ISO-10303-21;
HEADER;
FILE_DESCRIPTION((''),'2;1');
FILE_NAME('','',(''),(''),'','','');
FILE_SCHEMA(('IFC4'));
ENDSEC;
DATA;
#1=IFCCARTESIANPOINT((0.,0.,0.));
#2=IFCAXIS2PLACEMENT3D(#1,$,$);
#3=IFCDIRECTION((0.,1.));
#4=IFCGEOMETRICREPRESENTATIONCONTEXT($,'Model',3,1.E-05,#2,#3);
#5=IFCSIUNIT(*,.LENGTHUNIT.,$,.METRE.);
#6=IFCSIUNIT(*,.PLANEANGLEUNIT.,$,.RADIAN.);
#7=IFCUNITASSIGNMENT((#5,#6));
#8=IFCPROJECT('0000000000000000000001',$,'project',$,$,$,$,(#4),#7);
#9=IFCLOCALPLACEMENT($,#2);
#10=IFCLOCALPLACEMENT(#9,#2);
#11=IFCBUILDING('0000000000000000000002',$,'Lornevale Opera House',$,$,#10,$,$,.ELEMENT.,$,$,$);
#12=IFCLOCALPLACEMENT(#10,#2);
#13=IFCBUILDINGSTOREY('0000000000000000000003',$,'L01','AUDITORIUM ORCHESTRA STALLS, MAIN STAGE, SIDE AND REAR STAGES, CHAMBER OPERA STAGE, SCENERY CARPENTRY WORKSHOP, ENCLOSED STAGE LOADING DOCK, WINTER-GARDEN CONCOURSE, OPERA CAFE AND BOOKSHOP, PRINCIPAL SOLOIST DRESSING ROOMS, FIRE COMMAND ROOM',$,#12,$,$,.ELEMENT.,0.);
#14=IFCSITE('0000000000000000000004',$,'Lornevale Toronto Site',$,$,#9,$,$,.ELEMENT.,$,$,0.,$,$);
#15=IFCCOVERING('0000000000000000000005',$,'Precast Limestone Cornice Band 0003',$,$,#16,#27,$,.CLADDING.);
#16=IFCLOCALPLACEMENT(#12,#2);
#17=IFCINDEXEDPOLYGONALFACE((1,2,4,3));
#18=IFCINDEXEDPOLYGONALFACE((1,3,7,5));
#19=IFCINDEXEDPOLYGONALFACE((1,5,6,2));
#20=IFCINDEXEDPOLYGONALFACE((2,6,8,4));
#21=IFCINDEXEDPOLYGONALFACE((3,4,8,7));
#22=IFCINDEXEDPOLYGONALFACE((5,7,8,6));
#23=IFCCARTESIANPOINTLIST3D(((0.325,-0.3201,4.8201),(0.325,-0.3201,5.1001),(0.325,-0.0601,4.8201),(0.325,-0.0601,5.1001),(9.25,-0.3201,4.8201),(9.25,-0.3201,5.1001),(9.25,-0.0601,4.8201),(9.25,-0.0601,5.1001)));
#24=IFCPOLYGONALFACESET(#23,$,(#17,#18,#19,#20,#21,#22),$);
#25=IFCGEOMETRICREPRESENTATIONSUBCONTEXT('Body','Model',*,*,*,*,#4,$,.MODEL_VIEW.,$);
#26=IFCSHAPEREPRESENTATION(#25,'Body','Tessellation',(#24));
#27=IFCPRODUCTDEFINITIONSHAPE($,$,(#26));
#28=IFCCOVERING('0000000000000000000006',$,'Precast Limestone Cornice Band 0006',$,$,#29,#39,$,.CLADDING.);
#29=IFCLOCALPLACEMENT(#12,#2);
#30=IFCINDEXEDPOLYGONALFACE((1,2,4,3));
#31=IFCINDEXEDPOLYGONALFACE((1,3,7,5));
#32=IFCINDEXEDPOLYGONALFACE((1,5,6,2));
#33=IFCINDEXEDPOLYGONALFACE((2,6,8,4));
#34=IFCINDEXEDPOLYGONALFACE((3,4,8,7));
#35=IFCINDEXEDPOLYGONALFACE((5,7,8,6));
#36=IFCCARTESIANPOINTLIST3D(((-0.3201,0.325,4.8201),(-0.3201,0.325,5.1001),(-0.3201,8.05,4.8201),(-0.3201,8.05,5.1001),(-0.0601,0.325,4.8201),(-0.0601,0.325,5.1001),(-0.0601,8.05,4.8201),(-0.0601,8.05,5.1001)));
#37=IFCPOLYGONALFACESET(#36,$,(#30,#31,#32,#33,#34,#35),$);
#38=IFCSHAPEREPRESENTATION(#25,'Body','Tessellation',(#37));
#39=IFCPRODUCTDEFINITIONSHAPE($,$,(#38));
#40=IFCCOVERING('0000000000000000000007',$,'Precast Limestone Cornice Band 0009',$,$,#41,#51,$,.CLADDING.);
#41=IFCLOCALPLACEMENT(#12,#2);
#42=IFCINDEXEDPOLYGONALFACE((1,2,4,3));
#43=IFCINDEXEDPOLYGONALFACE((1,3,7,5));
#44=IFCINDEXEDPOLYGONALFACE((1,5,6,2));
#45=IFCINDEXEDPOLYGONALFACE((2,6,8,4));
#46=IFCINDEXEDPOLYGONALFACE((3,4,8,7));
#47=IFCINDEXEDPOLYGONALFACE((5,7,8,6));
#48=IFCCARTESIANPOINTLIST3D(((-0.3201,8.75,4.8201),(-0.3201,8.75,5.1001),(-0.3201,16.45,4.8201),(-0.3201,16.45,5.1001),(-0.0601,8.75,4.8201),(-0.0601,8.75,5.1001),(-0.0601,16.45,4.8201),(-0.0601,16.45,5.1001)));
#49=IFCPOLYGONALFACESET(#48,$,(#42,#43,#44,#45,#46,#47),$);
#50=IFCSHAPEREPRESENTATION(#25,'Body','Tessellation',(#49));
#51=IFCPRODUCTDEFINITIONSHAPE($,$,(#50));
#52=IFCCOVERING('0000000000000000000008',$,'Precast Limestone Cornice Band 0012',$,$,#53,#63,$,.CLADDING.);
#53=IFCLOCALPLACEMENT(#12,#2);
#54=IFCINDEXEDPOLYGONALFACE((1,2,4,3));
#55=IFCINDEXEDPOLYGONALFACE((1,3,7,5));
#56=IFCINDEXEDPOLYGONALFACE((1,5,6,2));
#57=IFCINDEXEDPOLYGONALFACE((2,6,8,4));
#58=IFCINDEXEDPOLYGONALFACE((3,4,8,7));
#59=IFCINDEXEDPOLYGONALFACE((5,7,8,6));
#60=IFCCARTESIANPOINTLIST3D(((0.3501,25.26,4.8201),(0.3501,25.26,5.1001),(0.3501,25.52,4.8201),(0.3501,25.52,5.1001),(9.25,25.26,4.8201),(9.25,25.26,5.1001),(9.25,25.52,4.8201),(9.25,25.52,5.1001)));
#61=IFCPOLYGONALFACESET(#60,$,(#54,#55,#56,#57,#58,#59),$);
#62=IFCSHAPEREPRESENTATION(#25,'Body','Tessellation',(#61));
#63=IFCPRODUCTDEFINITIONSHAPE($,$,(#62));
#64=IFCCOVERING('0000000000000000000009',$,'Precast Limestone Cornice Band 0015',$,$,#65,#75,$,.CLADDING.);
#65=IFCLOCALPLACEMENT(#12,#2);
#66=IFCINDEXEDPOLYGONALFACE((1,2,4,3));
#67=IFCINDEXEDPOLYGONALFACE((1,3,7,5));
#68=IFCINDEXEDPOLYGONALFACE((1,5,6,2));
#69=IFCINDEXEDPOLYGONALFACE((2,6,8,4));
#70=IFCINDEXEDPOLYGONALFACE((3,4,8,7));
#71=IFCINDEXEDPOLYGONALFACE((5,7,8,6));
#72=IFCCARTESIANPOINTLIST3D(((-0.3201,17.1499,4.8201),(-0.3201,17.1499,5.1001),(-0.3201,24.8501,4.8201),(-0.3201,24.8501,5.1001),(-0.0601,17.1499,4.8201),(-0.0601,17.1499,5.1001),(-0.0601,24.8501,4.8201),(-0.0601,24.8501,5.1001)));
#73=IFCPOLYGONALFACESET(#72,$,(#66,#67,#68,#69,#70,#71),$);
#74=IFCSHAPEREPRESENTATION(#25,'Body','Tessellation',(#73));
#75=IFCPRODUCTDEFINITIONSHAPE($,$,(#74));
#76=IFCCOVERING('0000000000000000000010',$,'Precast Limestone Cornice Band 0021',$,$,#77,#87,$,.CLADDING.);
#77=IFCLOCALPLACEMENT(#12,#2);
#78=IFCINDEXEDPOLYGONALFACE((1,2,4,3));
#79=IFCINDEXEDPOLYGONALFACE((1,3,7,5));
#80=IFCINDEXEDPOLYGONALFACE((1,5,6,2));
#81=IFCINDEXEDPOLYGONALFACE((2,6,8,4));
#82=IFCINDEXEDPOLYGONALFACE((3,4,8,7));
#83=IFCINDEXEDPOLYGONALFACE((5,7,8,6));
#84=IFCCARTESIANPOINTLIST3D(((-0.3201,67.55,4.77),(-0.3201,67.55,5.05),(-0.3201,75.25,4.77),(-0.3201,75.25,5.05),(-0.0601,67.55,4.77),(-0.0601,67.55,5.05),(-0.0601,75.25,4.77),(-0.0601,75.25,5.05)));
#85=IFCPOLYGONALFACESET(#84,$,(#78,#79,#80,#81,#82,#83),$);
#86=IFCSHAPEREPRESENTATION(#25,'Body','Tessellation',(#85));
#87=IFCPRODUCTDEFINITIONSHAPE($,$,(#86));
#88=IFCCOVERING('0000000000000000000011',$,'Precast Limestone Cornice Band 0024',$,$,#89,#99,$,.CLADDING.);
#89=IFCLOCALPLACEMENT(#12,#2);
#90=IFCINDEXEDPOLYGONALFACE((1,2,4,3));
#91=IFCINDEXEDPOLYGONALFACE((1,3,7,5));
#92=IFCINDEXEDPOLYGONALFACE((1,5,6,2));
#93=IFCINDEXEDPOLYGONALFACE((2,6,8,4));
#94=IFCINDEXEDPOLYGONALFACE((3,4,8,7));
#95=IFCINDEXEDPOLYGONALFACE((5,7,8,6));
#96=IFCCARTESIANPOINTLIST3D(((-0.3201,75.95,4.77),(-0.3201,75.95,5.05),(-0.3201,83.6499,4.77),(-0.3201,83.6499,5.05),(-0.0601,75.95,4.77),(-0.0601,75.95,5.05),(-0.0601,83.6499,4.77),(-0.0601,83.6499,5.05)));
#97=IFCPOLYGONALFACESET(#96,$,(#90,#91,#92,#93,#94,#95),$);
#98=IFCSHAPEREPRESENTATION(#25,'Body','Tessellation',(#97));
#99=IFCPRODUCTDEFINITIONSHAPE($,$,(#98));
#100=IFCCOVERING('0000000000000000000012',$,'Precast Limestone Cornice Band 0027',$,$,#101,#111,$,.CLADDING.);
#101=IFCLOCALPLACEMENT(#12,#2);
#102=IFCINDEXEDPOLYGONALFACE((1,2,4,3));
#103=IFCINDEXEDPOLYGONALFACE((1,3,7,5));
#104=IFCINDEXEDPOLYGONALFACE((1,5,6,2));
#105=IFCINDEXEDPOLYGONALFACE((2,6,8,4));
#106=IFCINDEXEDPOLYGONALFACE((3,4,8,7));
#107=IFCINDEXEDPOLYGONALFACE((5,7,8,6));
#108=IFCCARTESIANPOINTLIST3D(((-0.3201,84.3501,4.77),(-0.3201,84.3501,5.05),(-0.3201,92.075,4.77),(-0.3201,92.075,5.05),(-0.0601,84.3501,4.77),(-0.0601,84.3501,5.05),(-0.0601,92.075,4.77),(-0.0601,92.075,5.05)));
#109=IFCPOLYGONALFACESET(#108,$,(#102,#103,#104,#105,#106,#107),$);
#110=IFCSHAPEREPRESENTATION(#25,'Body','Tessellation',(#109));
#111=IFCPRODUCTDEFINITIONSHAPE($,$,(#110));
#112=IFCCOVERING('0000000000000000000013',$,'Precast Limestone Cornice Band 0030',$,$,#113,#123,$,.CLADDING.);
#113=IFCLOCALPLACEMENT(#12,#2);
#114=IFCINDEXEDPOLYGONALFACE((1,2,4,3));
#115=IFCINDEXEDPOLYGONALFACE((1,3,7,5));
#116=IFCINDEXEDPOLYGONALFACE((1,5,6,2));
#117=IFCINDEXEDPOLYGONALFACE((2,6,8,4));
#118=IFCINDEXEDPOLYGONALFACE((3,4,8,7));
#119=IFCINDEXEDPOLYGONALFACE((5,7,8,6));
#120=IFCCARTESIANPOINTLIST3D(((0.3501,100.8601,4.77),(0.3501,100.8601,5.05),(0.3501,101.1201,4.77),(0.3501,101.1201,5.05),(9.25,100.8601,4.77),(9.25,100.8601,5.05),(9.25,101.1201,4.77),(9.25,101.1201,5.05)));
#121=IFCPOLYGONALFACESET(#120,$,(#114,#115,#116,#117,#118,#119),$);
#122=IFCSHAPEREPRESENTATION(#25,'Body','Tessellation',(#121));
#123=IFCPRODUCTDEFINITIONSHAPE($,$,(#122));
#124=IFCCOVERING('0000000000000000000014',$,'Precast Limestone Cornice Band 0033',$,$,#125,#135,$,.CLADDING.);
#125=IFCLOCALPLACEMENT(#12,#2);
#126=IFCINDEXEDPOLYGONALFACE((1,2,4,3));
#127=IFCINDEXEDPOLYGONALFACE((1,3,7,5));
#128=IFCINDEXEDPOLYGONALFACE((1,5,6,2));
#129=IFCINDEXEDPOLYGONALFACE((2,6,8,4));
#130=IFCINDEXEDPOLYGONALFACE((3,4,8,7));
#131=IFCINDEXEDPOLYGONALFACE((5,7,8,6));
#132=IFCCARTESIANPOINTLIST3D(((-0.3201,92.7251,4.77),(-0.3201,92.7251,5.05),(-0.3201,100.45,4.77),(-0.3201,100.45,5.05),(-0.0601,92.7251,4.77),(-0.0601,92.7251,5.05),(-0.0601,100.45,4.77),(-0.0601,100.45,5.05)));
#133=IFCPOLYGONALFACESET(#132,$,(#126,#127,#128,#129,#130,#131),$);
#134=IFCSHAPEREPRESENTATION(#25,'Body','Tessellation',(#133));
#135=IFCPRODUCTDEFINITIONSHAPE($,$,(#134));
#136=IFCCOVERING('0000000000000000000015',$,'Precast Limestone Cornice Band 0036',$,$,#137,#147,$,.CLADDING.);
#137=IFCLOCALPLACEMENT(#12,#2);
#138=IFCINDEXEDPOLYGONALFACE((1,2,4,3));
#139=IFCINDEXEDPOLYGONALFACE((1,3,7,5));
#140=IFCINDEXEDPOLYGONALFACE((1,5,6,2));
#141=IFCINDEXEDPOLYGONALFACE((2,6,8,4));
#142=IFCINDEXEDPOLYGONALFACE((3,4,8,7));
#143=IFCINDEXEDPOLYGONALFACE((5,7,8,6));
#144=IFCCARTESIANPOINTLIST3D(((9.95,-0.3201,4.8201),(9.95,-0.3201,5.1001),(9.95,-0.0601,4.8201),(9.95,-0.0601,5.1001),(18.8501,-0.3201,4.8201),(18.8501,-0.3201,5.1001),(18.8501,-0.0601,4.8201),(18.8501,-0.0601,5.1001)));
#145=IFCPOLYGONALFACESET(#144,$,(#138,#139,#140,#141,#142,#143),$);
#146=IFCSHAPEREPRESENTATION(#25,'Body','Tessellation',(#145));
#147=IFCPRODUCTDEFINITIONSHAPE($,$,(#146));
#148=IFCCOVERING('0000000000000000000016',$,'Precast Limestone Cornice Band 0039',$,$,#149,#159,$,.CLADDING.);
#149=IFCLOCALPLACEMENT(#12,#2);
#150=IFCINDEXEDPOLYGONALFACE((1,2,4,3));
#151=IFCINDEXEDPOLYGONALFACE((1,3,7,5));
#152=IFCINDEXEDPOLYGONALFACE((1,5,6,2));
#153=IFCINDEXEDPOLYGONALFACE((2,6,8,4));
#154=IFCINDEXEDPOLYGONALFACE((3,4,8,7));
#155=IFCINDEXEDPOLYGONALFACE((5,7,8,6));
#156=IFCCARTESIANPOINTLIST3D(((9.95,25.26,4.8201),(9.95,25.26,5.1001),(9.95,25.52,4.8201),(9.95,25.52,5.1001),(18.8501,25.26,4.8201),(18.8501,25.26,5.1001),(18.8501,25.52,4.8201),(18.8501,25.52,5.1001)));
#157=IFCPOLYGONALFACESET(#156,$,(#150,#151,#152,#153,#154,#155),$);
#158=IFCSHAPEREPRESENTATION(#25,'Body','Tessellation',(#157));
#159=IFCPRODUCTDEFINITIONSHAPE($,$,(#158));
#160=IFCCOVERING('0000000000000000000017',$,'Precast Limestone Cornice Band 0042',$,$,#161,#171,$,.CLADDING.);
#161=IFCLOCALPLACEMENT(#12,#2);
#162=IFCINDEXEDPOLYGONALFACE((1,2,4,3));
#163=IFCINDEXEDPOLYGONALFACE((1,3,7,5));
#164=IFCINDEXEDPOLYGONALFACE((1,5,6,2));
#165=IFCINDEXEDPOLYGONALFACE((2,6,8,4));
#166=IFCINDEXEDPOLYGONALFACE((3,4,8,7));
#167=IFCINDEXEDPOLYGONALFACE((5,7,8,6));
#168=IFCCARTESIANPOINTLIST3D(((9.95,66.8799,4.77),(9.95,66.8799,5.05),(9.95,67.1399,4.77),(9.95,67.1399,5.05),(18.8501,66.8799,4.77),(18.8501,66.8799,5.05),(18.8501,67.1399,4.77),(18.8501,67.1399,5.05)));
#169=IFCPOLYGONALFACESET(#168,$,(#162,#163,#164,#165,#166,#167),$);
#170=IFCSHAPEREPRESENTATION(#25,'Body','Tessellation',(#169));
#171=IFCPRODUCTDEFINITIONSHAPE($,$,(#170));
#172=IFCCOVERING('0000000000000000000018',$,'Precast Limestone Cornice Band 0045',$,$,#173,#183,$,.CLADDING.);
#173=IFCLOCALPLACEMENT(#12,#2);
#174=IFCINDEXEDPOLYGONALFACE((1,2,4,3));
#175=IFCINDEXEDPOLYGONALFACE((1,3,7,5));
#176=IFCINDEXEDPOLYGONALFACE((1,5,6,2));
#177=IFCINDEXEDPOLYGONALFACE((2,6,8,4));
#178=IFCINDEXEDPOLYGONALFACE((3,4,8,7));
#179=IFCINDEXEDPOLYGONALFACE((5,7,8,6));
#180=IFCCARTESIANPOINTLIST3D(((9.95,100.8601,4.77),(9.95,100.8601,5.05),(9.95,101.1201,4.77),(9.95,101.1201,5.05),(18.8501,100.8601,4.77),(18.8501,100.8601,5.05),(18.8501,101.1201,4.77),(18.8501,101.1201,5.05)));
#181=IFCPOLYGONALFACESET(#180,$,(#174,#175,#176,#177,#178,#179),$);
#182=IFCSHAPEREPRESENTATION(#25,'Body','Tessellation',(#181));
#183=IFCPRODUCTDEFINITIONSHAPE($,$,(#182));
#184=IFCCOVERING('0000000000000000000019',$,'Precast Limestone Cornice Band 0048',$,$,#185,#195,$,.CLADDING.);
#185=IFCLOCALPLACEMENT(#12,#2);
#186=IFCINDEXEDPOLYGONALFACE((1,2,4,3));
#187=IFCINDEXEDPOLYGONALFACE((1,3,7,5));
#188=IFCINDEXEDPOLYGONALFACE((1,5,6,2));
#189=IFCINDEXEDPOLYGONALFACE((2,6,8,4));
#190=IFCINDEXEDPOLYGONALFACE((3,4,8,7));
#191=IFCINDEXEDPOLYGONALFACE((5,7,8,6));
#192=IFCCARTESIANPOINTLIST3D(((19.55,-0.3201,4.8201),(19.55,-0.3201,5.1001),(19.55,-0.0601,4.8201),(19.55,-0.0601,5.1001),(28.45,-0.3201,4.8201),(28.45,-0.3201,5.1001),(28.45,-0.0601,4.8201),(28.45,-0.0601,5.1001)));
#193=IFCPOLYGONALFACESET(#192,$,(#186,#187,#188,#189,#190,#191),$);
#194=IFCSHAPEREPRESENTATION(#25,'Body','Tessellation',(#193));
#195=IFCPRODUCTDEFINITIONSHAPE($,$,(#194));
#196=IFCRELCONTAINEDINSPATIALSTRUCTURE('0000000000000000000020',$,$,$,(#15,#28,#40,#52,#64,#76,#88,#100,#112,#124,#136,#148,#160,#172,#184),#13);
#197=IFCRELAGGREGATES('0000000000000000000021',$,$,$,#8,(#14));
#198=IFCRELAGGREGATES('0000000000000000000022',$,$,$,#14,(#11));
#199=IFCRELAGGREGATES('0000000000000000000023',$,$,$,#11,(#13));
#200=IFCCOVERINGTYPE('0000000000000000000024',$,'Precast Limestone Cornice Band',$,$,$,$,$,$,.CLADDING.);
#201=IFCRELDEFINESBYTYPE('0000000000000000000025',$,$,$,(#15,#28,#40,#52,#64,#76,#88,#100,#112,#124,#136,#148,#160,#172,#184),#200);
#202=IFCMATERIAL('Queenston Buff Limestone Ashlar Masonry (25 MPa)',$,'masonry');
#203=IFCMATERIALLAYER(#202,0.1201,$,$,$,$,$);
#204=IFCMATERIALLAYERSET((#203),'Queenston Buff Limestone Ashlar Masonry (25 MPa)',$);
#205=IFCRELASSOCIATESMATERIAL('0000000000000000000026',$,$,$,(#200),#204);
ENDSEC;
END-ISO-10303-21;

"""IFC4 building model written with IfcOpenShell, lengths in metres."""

from ifc_helpers import new_model, si_unit, direction, frame, origin, place, context, subcontext, project, spatial, polyline, outline, extrude, material, layer, layer_set, type_object, element, save


model = new_model("IFC4")

# Units and contexts
model_context = context("Model", 3, precision=1e-05, world=origin(), true_north=direction((0.0, 1.0)))
body_context = subcontext(model_context, "Body", "Model", "MODEL_VIEW")
ifc_project = project(units=[si_unit("LENGTHUNIT", "METRE"), si_unit("PLANEANGLEUNIT", "RADIAN")], contexts=[model_context])

# Site, building, storey
site_placement = place(None, origin())
site = spatial("IfcSite", under=ifc_project, at=site_placement, Name="Lornevale Toronto Site", CompositionType="ELEMENT", RefElevation=0.0)
building_placement = place(site_placement, origin())
building = spatial("IfcBuilding", under=site, at=building_placement, Name="Lornevale Opera House", CompositionType="ELEMENT")
storey_placement = place(building_placement, origin())
storey = spatial("IfcBuildingStorey", under=building, at=storey_placement, Name="L01", Description="AUDITORIUM ORCHESTRA STALLS, MAIN STAGE, SIDE AND REAR STAGES, CHAMBER OPERA STAGE, SCENERY CARPENTRY WORKSHOP, ENCLOSED STAGE LOADING DOCK, WINTER-GARDEN CONCOURSE, OPERA CAFE AND BOOKSHOP, PRINCIPAL SOLOIST DRESSING ROOMS, FIRE COMMAND ROOM", CompositionType="ELEMENT", Elevation=0.0)

# Coverings
ifc_material = material(Name="Queenston Buff Limestone Ashlar Masonry (25 MPa)", Category="masonry")
ifc_layer = layer(ifc_material, 0.1201)
ifc_layer_set = layer_set([ifc_layer], Name="Queenston Buff Limestone Ashlar Masonry (25 MPa)")
covering_type = type_object("IfcCoveringType", Name="Precast Limestone Cornice Band", PredefinedType="CLADDING", material=ifc_layer_set)
covering_1_placement = place(storey_placement, frame((0.0, 0.0, 4.8201)))
element("IfcCovering", 1, at=covering_1_placement, inside=storey, type_object=covering_type, Name="Precast Limestone Cornice Band 0003", PredefinedType="CLADDING", context=body_context, shape_type="SweptSolid", body=[
    extrude(outline(polyline([(9.25, -0.0601), (0.325, -0.0601), (0.325, -0.3201), (9.25, -0.3201), (9.25, -0.0601)])), origin(), (0.0, 0.0, 1.0), 0.28),
])
covering_2_placement = place(storey_placement, frame((0.0, 0.0, 4.8201)))
element("IfcCovering", 2, at=covering_2_placement, inside=storey, type_object=covering_type, Name="Precast Limestone Cornice Band 0006", PredefinedType="CLADDING", context=body_context, shape_type="SweptSolid", body=[
    extrude(outline(polyline([(-0.0601, 0.325), (-0.0601, 8.05), (-0.3201, 8.05), (-0.3201, 0.325), (-0.0601, 0.325)])), origin(), (0.0, 0.0, 1.0), 0.28),
])
covering_3_placement = place(storey_placement, frame((0.0, 0.0, 4.8201)))
element("IfcCovering", 3, at=covering_3_placement, inside=storey, type_object=covering_type, Name="Precast Limestone Cornice Band 0009", PredefinedType="CLADDING", context=body_context, shape_type="SweptSolid", body=[
    extrude(outline(polyline([(-0.0601, 8.75), (-0.0601, 16.45), (-0.3201, 16.45), (-0.3201, 8.75), (-0.0601, 8.75)])), origin(), (0.0, 0.0, 1.0), 0.28),
])
covering_4_placement = place(storey_placement, frame((0.0, 0.0, 4.8201)))
element("IfcCovering", 4, at=covering_4_placement, inside=storey, type_object=covering_type, Name="Precast Limestone Cornice Band 0012", PredefinedType="CLADDING", context=body_context, shape_type="SweptSolid", body=[
    extrude(outline(polyline([(0.3501, 25.26), (9.25, 25.26), (9.25, 25.52), (0.3501, 25.52), (0.3501, 25.26)])), origin(), (0.0, 0.0, 1.0), 0.28),
])
covering_5_placement = place(storey_placement, frame((0.0, 0.0, 4.8201)))
element("IfcCovering", 5, at=covering_5_placement, inside=storey, type_object=covering_type, Name="Precast Limestone Cornice Band 0015", PredefinedType="CLADDING", context=body_context, shape_type="SweptSolid", body=[
    extrude(outline(polyline([(-0.0601, 17.1499), (-0.0601, 24.8501), (-0.3201, 24.8501), (-0.3201, 17.1499), (-0.0601, 17.1499)])), origin(), (0.0, 0.0, 1.0), 0.28),
])
covering_6_placement = place(storey_placement, frame((0.0, 0.0, 4.77)))
element("IfcCovering", 6, at=covering_6_placement, inside=storey, type_object=covering_type, Name="Precast Limestone Cornice Band 0021", PredefinedType="CLADDING", context=body_context, shape_type="SweptSolid", body=[
    extrude(outline(polyline([(-0.0601, 67.55), (-0.0601, 75.25), (-0.3201, 75.25), (-0.3201, 67.55), (-0.0601, 67.55)])), origin(), (0.0, 0.0, 1.0), 0.28),
])
covering_7_placement = place(storey_placement, frame((0.0, 0.0, 4.77)))
element("IfcCovering", 7, at=covering_7_placement, inside=storey, type_object=covering_type, Name="Precast Limestone Cornice Band 0024", PredefinedType="CLADDING", context=body_context, shape_type="SweptSolid", body=[
    extrude(outline(polyline([(-0.0601, 75.95), (-0.0601, 83.6499), (-0.3201, 83.6499), (-0.3201, 75.95), (-0.0601, 75.95)])), origin(), (0.0, 0.0, 1.0), 0.28),
])
covering_8_placement = place(storey_placement, frame((0.0, 0.0, 4.77)))
element("IfcCovering", 8, at=covering_8_placement, inside=storey, type_object=covering_type, Name="Precast Limestone Cornice Band 0027", PredefinedType="CLADDING", context=body_context, shape_type="SweptSolid", body=[
    extrude(outline(polyline([(-0.0601, 84.3501), (-0.0601, 92.075), (-0.3201, 92.075), (-0.3201, 84.3501), (-0.0601, 84.3501)])), origin(), (0.0, 0.0, 1.0), 0.28),
])
covering_9_placement = place(storey_placement, frame((0.0, 0.0, 4.77)))
element("IfcCovering", 9, at=covering_9_placement, inside=storey, type_object=covering_type, Name="Precast Limestone Cornice Band 0030", PredefinedType="CLADDING", context=body_context, shape_type="SweptSolid", body=[
    extrude(outline(polyline([(0.3501, 100.8601), (9.25, 100.8601), (9.25, 101.1201), (0.3501, 101.1201), (0.3501, 100.8601)])), origin(), (0.0, 0.0, 1.0), 0.28),
])
covering_10_placement = place(storey_placement, frame((0.0, 0.0, 4.77)))
element("IfcCovering", 10, at=covering_10_placement, inside=storey, type_object=covering_type, Name="Precast Limestone Cornice Band 0033", PredefinedType="CLADDING", context=body_context, shape_type="SweptSolid", body=[
    extrude(outline(polyline([(-0.0601, 92.7251), (-0.0601, 100.45), (-0.3201, 100.45), (-0.3201, 92.7251), (-0.0601, 92.7251)])), origin(), (0.0, 0.0, 1.0), 0.28),
])
covering_11_placement = place(storey_placement, frame((0.0, 0.0, 4.8201)))
element("IfcCovering", 11, at=covering_11_placement, inside=storey, type_object=covering_type, Name="Precast Limestone Cornice Band 0036", PredefinedType="CLADDING", context=body_context, shape_type="SweptSolid", body=[
    extrude(outline(polyline([(18.8501, -0.0601), (9.95, -0.0601), (9.95, -0.3201), (18.8501, -0.3201), (18.8501, -0.0601)])), origin(), (0.0, 0.0, 1.0), 0.28),
])
covering_12_placement = place(storey_placement, frame((0.0, 0.0, 4.8201)))
element("IfcCovering", 12, at=covering_12_placement, inside=storey, type_object=covering_type, Name="Precast Limestone Cornice Band 0039", PredefinedType="CLADDING", context=body_context, shape_type="SweptSolid", body=[
    extrude(outline(polyline([(9.95, 25.26), (18.8501, 25.26), (18.8501, 25.52), (9.95, 25.52), (9.95, 25.26)])), origin(), (0.0, 0.0, 1.0), 0.28),
])
covering_13_placement = place(storey_placement, frame((0.0, 0.0, 4.77)))
element("IfcCovering", 13, at=covering_13_placement, inside=storey, type_object=covering_type, Name="Precast Limestone Cornice Band 0042", PredefinedType="CLADDING", context=body_context, shape_type="SweptSolid", body=[
    extrude(outline(polyline([(18.8501, 67.1399), (9.95, 67.1399), (9.95, 66.8799), (18.8501, 66.8799), (18.8501, 67.1399)])), origin(), (0.0, 0.0, 1.0), 0.28),
])
covering_14_placement = place(storey_placement, frame((0.0, 0.0, 4.77)))
element("IfcCovering", 14, at=covering_14_placement, inside=storey, type_object=covering_type, Name="Precast Limestone Cornice Band 0045", PredefinedType="CLADDING", context=body_context, shape_type="SweptSolid", body=[
    extrude(outline(polyline([(9.95, 100.8601), (18.8501, 100.8601), (18.8501, 101.1201), (9.95, 101.1201), (9.95, 100.8601)])), origin(), (0.0, 0.0, 1.0), 0.28),
])
covering_15_placement = place(storey_placement, frame((0.0, 0.0, 4.8201)))
element("IfcCovering", 15, at=covering_15_placement, inside=storey, type_object=covering_type, Name="Precast Limestone Cornice Band 0048", PredefinedType="CLADDING", context=body_context, shape_type="SweptSolid", body=[
    extrude(outline(polyline([(28.45, -0.0601), (19.55, -0.0601), (19.55, -0.3201), (28.45, -0.3201), (28.45, -0.0601)])), origin(), (0.0, 0.0, 1.0), 0.28),
])

save(model, "model.ifc")
